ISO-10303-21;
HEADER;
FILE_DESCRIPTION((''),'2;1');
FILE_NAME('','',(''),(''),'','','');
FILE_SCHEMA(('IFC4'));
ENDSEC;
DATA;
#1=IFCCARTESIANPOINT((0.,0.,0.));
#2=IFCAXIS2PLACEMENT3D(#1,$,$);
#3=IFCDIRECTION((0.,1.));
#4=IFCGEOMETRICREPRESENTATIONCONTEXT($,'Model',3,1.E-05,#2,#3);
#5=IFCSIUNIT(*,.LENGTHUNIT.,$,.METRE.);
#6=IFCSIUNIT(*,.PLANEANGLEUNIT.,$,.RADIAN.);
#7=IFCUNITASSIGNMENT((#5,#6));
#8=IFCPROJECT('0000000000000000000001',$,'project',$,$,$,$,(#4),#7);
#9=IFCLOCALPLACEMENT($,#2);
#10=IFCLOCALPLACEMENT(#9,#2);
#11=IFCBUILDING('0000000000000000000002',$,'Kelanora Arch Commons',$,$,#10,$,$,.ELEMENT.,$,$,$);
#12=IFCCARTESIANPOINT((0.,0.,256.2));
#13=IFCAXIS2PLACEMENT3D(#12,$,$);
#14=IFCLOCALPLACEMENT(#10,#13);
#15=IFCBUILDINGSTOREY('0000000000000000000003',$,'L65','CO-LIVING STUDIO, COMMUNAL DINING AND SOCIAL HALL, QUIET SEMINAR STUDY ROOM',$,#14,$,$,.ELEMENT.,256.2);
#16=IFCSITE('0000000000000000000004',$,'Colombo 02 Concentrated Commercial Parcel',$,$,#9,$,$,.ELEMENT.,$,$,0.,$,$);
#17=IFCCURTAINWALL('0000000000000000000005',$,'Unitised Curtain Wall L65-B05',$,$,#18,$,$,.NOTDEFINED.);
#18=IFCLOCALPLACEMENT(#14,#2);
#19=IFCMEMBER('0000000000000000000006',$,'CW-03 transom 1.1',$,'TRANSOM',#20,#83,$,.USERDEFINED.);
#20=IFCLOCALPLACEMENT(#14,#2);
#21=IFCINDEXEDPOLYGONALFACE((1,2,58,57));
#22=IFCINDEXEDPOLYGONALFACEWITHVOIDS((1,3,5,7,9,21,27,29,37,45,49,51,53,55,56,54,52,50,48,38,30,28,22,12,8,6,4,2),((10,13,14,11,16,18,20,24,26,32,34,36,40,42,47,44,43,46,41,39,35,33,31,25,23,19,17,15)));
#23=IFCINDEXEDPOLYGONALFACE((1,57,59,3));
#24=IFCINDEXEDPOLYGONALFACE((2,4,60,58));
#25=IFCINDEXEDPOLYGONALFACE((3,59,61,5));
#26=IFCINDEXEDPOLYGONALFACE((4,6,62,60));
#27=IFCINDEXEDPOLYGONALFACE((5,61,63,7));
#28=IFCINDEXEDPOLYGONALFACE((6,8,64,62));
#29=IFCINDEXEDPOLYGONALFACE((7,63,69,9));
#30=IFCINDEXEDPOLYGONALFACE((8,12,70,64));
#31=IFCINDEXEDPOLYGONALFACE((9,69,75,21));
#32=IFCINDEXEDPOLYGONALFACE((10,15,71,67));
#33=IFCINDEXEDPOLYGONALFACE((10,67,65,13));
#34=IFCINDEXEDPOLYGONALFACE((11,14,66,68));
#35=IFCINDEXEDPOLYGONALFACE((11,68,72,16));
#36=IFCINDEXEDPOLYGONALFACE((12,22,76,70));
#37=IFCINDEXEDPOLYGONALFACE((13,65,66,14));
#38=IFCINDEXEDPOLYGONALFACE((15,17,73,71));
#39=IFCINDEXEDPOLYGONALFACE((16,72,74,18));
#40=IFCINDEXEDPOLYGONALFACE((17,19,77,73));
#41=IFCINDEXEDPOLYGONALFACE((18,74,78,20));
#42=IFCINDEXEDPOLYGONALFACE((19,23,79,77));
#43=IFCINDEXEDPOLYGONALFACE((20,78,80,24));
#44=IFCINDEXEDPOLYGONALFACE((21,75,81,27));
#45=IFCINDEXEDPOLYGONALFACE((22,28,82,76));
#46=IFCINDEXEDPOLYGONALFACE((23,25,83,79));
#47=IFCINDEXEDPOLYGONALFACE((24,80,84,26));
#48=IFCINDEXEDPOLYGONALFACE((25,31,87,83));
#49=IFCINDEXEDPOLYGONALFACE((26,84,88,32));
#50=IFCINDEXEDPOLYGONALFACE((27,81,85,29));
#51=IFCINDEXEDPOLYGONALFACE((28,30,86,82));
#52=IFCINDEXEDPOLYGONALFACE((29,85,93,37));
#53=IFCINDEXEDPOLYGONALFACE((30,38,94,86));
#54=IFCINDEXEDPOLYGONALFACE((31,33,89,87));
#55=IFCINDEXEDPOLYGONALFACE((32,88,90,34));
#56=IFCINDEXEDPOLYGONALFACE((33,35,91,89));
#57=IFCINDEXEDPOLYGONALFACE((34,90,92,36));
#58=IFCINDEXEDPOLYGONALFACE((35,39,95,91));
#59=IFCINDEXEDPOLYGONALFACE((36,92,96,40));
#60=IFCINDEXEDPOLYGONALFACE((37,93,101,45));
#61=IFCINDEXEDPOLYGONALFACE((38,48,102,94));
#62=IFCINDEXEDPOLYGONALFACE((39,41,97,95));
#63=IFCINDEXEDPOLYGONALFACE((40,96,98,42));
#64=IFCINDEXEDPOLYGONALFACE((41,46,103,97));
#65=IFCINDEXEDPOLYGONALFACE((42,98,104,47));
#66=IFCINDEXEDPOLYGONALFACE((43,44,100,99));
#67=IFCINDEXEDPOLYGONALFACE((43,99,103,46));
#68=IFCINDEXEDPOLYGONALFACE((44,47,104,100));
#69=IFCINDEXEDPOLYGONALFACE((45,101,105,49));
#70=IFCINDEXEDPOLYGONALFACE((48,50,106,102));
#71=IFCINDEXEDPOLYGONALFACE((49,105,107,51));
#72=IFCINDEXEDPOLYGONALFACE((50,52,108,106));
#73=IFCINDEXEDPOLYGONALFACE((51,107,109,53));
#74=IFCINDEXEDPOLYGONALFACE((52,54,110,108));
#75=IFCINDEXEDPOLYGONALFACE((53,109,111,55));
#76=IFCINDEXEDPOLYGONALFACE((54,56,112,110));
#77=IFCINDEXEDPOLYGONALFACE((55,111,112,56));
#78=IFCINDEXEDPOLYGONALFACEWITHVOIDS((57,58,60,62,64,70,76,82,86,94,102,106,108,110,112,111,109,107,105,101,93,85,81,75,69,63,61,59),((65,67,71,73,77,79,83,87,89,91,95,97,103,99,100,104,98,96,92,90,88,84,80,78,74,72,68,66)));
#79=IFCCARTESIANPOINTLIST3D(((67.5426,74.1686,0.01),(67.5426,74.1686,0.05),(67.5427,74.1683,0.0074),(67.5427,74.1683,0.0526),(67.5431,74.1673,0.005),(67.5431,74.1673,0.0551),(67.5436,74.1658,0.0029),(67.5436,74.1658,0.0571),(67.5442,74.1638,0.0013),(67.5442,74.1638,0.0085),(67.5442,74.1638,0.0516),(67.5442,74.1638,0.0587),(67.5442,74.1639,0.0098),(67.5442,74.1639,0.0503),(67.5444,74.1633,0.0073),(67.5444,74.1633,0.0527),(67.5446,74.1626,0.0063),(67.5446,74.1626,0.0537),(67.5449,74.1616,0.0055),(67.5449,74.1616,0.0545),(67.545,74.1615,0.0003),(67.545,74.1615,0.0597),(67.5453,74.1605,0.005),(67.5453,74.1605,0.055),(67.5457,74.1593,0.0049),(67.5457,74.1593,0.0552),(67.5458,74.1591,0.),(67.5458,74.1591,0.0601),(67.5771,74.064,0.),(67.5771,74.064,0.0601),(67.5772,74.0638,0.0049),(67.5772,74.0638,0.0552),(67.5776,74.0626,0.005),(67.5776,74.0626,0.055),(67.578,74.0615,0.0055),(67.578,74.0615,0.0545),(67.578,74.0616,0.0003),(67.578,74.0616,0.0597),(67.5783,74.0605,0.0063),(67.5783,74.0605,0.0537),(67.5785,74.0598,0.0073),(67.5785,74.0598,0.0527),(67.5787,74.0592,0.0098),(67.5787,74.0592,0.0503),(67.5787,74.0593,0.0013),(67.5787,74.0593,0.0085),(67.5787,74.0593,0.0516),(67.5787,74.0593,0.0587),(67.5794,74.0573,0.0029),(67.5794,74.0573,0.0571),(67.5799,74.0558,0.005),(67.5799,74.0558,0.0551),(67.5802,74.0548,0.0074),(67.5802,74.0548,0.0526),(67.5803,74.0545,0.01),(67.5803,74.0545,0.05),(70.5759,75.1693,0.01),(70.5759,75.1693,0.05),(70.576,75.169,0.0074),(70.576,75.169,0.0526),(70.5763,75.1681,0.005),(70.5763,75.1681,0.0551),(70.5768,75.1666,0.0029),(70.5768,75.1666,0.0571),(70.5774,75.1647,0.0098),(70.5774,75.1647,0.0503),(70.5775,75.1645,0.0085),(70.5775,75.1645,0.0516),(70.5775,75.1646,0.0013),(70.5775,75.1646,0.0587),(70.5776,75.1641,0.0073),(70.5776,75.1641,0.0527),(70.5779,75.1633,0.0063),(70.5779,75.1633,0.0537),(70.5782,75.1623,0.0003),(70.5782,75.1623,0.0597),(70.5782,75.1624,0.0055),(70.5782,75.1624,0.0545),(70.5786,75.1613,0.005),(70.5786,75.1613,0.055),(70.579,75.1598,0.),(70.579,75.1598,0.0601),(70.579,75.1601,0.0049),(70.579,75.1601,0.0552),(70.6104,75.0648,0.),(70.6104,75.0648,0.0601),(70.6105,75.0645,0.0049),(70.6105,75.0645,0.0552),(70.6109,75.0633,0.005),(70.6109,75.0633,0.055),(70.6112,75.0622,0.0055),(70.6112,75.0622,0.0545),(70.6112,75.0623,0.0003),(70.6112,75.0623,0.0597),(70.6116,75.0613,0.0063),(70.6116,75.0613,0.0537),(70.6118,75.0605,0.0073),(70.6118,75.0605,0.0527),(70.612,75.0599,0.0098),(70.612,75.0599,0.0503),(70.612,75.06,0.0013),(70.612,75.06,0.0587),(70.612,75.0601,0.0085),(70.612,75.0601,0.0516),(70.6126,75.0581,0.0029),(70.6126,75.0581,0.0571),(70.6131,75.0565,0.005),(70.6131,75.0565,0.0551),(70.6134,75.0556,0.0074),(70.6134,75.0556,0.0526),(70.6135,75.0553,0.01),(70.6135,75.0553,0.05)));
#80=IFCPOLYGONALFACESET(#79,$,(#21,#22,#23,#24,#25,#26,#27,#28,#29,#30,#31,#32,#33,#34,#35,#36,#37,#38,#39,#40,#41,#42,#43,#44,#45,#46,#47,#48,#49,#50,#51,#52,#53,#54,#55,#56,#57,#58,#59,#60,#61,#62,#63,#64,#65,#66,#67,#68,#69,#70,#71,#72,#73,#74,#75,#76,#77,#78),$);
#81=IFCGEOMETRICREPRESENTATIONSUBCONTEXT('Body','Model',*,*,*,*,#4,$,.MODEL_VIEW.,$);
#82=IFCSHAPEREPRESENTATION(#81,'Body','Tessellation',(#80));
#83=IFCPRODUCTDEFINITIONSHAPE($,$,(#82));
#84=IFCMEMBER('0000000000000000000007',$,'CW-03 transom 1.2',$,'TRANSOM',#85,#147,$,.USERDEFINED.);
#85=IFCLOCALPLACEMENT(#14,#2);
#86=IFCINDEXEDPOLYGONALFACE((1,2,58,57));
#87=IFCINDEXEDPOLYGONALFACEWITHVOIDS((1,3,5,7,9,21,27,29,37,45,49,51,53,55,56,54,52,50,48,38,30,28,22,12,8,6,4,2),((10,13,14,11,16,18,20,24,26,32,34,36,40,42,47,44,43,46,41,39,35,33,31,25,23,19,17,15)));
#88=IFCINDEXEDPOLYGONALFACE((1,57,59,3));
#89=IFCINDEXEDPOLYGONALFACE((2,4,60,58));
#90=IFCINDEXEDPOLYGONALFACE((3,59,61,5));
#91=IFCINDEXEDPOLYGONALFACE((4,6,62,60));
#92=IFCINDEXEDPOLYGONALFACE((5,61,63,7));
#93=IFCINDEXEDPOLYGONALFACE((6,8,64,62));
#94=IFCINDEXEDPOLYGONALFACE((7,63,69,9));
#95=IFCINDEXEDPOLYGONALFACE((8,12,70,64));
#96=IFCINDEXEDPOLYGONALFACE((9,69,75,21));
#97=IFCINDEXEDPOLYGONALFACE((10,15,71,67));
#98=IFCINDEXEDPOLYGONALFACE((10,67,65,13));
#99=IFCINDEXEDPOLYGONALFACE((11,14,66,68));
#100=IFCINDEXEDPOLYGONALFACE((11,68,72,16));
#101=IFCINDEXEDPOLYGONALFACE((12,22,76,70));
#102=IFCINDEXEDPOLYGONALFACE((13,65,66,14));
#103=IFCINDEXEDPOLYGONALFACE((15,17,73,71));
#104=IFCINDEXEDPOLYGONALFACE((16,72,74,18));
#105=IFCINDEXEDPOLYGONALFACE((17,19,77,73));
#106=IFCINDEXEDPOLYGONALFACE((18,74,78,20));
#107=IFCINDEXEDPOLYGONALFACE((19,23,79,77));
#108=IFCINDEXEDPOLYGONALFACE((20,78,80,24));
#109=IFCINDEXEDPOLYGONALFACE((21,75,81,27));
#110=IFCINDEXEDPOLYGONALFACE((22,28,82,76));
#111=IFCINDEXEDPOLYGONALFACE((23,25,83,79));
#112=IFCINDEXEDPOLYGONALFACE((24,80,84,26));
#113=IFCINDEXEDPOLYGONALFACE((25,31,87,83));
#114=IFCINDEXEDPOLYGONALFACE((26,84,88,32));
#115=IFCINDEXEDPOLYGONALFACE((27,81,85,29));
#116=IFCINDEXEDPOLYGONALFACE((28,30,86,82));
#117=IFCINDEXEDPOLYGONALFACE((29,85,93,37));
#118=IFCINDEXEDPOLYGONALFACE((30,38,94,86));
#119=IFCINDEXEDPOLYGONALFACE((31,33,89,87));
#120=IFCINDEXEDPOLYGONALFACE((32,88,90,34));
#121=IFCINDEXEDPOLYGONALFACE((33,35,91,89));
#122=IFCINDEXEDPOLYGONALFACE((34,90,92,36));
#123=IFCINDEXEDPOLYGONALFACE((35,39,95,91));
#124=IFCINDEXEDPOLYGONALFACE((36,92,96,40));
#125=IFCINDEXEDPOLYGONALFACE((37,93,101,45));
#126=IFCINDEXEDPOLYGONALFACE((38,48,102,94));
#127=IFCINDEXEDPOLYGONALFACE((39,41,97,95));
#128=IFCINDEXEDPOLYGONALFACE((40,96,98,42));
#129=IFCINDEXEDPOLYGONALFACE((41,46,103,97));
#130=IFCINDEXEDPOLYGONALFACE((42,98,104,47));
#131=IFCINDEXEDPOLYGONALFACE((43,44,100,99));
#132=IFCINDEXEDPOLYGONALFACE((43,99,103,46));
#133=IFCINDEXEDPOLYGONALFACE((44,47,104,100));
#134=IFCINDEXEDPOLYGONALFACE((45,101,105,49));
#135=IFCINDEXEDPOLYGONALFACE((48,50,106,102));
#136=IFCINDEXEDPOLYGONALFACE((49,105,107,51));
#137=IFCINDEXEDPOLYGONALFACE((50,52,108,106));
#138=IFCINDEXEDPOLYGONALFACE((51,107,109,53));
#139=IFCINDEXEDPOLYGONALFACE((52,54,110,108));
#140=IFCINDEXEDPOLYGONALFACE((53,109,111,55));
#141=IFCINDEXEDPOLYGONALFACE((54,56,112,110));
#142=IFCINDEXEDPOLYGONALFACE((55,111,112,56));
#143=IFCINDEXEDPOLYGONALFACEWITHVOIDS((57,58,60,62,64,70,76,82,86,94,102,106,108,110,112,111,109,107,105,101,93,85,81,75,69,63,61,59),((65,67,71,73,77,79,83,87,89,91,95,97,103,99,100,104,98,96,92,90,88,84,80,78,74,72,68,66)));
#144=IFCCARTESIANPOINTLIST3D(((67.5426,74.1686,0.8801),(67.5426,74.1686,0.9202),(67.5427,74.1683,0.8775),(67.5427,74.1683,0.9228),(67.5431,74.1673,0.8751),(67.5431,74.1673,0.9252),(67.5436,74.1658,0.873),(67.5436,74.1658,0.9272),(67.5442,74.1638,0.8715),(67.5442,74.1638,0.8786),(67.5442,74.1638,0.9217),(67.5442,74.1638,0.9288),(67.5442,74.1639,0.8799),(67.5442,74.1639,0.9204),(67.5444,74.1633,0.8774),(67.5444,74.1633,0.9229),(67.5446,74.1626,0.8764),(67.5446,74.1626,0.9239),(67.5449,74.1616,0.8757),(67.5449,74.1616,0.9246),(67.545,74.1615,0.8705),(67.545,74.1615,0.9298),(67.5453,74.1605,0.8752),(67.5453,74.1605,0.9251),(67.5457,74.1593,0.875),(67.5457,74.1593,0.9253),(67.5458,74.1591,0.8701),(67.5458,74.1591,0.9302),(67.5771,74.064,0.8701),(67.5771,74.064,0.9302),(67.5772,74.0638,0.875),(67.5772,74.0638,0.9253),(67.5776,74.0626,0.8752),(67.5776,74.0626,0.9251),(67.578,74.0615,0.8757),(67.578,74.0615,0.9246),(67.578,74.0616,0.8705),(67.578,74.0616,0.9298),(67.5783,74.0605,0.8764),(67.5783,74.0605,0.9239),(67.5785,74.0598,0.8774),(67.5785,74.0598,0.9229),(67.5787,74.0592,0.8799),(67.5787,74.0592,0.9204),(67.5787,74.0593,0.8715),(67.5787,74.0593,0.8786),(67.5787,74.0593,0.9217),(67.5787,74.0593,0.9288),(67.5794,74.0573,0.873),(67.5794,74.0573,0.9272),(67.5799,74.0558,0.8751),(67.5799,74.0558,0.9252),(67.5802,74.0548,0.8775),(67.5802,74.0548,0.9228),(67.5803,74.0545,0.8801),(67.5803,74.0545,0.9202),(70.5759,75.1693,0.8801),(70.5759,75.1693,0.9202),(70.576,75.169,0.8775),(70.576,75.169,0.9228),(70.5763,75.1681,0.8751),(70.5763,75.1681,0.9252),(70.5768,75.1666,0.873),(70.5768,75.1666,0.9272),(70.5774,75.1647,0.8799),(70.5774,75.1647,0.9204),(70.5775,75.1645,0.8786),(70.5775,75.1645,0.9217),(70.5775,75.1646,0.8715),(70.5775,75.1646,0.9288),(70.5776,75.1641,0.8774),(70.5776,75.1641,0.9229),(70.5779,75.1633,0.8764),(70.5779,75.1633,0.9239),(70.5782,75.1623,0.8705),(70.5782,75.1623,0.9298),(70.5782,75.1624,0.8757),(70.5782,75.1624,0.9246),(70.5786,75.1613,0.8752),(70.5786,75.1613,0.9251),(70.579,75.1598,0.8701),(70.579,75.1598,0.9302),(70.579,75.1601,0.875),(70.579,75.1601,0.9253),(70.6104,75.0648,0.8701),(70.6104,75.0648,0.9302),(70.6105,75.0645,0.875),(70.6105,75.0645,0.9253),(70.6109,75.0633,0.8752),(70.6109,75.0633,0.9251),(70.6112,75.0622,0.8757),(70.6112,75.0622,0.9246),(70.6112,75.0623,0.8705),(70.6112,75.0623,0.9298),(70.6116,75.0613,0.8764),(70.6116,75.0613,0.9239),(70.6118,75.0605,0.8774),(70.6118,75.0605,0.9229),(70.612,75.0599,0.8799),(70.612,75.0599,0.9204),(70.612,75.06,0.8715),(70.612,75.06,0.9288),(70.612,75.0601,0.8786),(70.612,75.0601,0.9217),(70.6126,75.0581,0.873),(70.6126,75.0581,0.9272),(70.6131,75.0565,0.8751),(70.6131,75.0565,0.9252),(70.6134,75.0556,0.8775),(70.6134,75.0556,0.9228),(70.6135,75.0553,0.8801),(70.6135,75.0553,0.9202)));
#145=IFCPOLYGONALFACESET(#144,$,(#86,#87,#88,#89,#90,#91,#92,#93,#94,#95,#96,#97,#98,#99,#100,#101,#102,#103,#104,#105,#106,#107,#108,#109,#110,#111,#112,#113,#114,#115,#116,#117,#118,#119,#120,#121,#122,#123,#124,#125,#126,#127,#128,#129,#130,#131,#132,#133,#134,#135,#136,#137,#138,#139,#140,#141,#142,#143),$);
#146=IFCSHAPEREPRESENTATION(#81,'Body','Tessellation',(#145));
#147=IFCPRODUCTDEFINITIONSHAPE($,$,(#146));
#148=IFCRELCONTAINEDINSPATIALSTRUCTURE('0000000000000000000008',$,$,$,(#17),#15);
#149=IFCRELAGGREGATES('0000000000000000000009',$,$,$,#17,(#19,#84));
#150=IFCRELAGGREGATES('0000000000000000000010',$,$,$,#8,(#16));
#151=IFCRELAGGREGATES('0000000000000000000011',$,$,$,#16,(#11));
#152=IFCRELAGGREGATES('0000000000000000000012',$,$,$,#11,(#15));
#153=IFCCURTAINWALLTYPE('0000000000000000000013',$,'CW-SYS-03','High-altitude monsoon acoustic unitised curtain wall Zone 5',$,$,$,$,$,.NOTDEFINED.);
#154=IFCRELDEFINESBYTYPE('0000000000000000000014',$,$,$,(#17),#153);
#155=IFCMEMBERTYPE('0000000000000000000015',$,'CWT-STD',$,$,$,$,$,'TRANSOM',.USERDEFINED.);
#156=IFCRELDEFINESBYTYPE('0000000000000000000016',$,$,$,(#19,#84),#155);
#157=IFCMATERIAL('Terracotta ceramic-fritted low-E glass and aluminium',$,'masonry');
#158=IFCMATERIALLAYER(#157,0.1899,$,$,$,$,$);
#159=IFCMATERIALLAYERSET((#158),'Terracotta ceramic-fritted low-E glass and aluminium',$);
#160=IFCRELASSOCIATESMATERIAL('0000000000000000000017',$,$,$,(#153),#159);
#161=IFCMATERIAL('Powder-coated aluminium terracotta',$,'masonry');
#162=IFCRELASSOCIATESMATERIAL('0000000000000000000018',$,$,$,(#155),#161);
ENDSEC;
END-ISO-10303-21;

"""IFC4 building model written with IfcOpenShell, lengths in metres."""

from ifc_helpers import new_model, si_unit, direction, frame, origin, origin_2d, place, context, subcontext, project, spatial, hollow_rectangle, extrude, material, layer, layer_set, material_profile, profile_set, type_object, element, aggregate, save


model = new_model("IFC4")

# Units and contexts
model_context = context("Model", 3, precision=1e-05, world=origin(), true_north=direction((0.0, 1.0)))
body_context = subcontext(model_context, "Body", "Model", "MODEL_VIEW")
ifc_project = project(units=[si_unit("LENGTHUNIT", "METRE"), si_unit("PLANEANGLEUNIT", "RADIAN")], contexts=[model_context])

# Site, building, storey
site_placement = place(None, origin())
site = spatial("IfcSite", under=ifc_project, at=site_placement, Name="Colombo 02 Concentrated Commercial Parcel", CompositionType="ELEMENT", RefElevation=0.0)
building_placement = place(site_placement, origin())
building = spatial("IfcBuilding", under=site, at=building_placement, Name="Kelanora Arch Commons", CompositionType="ELEMENT")
storey_placement = place(building_placement, frame((0.0, 0.0, 256.2)))
storey = spatial("IfcBuildingStorey", under=building, at=storey_placement, Name="L65", Description="CO-LIVING STUDIO, COMMUNAL DINING AND SOCIAL HALL, QUIET SEMINAR STUDY ROOM", CompositionType="ELEMENT", Elevation=256.2)

# Curtain wall, members
ifc_material_1 = material(Name="Terracotta ceramic-fritted low-E glass and aluminium", Category="masonry")
ifc_layer_1 = layer(ifc_material_1, 0.1899)
ifc_layer_set_1 = layer_set([ifc_layer_1], Name="Terracotta ceramic-fritted low-E glass and aluminium")
curtain_wall_type = type_object("IfcCurtainWallType", Name="CW-SYS-03", Description="High-altitude monsoon acoustic unitised curtain wall Zone 5", PredefinedType="NOTDEFINED", material=ifc_layer_set_1)
curtain_wall_placement = place(storey_placement, origin())
curtain_wall = element("IfcCurtainWall", 1, at=curtain_wall_placement, inside=storey, type_object=curtain_wall_type, Name="Unitised Curtain Wall L65-B05", PredefinedType="NOTDEFINED")
ifc_material_2 = material(Name="Powder-coated aluminium terracotta", Category="masonry")
ifc_material_profile_1 = material_profile(ifc_material_2, hollow_rectangle(XDim=0.1201, YDim=0.0601, WallThickness=0.0049, InnerFilletRadius=0.0049, OuterFilletRadius=0.01, at=origin_2d()), Name="CWT120x60")
ifc_profile_set_1 = profile_set([ifc_material_profile_1], Name="Powder-coated aluminium terracotta")
member_type_1 = type_object("IfcMemberType", Name="CWT-STD", ElementType="TRANSOM", PredefinedType="USERDEFINED", material=ifc_profile_set_1)
member_1_placement = place(storey_placement, frame((70.5947, 75.1123, 0.03), z_axis=(-0.94965, -0.313314, 0.0), x_axis=(0.313314, -0.94965, 0.0)))
member_1 = element("IfcMember", 2, at=member_1_placement, type_object=member_type_1, Name="CW-03 transom 1.1", ObjectType="TRANSOM", PredefinedType="USERDEFINED", context=body_context, shape_type="SweptSolid", body=[
    extrude(hollow_rectangle(XDim=0.1201, YDim=0.0601, WallThickness=0.0049, InnerFilletRadius=0.0049, OuterFilletRadius=0.01, at=origin_2d()), origin(), (0.0, 0.0, 1.0), 3.1941),
])
member_2_placement = place(storey_placement, frame((70.5947, 75.1123, 0.9001), z_axis=(-0.94965, -0.313314, 0.0), x_axis=(0.313314, -0.94965, 0.0)))
member_2 = element("IfcMember", 3, at=member_2_placement, type_object=member_type_1, Name="CW-03 transom 1.2", ObjectType="TRANSOM", PredefinedType="USERDEFINED", context=body_context, shape_type="SweptSolid", body=[
    extrude(hollow_rectangle(XDim=0.1201, YDim=0.0601, WallThickness=0.0049, InnerFilletRadius=0.0049, OuterFilletRadius=0.01, at=origin_2d()), origin(), (0.0, 0.0, 1.0), 3.1941),
])
aggregate(curtain_wall, [member_1, member_2])

save(model, "model.ifc")
